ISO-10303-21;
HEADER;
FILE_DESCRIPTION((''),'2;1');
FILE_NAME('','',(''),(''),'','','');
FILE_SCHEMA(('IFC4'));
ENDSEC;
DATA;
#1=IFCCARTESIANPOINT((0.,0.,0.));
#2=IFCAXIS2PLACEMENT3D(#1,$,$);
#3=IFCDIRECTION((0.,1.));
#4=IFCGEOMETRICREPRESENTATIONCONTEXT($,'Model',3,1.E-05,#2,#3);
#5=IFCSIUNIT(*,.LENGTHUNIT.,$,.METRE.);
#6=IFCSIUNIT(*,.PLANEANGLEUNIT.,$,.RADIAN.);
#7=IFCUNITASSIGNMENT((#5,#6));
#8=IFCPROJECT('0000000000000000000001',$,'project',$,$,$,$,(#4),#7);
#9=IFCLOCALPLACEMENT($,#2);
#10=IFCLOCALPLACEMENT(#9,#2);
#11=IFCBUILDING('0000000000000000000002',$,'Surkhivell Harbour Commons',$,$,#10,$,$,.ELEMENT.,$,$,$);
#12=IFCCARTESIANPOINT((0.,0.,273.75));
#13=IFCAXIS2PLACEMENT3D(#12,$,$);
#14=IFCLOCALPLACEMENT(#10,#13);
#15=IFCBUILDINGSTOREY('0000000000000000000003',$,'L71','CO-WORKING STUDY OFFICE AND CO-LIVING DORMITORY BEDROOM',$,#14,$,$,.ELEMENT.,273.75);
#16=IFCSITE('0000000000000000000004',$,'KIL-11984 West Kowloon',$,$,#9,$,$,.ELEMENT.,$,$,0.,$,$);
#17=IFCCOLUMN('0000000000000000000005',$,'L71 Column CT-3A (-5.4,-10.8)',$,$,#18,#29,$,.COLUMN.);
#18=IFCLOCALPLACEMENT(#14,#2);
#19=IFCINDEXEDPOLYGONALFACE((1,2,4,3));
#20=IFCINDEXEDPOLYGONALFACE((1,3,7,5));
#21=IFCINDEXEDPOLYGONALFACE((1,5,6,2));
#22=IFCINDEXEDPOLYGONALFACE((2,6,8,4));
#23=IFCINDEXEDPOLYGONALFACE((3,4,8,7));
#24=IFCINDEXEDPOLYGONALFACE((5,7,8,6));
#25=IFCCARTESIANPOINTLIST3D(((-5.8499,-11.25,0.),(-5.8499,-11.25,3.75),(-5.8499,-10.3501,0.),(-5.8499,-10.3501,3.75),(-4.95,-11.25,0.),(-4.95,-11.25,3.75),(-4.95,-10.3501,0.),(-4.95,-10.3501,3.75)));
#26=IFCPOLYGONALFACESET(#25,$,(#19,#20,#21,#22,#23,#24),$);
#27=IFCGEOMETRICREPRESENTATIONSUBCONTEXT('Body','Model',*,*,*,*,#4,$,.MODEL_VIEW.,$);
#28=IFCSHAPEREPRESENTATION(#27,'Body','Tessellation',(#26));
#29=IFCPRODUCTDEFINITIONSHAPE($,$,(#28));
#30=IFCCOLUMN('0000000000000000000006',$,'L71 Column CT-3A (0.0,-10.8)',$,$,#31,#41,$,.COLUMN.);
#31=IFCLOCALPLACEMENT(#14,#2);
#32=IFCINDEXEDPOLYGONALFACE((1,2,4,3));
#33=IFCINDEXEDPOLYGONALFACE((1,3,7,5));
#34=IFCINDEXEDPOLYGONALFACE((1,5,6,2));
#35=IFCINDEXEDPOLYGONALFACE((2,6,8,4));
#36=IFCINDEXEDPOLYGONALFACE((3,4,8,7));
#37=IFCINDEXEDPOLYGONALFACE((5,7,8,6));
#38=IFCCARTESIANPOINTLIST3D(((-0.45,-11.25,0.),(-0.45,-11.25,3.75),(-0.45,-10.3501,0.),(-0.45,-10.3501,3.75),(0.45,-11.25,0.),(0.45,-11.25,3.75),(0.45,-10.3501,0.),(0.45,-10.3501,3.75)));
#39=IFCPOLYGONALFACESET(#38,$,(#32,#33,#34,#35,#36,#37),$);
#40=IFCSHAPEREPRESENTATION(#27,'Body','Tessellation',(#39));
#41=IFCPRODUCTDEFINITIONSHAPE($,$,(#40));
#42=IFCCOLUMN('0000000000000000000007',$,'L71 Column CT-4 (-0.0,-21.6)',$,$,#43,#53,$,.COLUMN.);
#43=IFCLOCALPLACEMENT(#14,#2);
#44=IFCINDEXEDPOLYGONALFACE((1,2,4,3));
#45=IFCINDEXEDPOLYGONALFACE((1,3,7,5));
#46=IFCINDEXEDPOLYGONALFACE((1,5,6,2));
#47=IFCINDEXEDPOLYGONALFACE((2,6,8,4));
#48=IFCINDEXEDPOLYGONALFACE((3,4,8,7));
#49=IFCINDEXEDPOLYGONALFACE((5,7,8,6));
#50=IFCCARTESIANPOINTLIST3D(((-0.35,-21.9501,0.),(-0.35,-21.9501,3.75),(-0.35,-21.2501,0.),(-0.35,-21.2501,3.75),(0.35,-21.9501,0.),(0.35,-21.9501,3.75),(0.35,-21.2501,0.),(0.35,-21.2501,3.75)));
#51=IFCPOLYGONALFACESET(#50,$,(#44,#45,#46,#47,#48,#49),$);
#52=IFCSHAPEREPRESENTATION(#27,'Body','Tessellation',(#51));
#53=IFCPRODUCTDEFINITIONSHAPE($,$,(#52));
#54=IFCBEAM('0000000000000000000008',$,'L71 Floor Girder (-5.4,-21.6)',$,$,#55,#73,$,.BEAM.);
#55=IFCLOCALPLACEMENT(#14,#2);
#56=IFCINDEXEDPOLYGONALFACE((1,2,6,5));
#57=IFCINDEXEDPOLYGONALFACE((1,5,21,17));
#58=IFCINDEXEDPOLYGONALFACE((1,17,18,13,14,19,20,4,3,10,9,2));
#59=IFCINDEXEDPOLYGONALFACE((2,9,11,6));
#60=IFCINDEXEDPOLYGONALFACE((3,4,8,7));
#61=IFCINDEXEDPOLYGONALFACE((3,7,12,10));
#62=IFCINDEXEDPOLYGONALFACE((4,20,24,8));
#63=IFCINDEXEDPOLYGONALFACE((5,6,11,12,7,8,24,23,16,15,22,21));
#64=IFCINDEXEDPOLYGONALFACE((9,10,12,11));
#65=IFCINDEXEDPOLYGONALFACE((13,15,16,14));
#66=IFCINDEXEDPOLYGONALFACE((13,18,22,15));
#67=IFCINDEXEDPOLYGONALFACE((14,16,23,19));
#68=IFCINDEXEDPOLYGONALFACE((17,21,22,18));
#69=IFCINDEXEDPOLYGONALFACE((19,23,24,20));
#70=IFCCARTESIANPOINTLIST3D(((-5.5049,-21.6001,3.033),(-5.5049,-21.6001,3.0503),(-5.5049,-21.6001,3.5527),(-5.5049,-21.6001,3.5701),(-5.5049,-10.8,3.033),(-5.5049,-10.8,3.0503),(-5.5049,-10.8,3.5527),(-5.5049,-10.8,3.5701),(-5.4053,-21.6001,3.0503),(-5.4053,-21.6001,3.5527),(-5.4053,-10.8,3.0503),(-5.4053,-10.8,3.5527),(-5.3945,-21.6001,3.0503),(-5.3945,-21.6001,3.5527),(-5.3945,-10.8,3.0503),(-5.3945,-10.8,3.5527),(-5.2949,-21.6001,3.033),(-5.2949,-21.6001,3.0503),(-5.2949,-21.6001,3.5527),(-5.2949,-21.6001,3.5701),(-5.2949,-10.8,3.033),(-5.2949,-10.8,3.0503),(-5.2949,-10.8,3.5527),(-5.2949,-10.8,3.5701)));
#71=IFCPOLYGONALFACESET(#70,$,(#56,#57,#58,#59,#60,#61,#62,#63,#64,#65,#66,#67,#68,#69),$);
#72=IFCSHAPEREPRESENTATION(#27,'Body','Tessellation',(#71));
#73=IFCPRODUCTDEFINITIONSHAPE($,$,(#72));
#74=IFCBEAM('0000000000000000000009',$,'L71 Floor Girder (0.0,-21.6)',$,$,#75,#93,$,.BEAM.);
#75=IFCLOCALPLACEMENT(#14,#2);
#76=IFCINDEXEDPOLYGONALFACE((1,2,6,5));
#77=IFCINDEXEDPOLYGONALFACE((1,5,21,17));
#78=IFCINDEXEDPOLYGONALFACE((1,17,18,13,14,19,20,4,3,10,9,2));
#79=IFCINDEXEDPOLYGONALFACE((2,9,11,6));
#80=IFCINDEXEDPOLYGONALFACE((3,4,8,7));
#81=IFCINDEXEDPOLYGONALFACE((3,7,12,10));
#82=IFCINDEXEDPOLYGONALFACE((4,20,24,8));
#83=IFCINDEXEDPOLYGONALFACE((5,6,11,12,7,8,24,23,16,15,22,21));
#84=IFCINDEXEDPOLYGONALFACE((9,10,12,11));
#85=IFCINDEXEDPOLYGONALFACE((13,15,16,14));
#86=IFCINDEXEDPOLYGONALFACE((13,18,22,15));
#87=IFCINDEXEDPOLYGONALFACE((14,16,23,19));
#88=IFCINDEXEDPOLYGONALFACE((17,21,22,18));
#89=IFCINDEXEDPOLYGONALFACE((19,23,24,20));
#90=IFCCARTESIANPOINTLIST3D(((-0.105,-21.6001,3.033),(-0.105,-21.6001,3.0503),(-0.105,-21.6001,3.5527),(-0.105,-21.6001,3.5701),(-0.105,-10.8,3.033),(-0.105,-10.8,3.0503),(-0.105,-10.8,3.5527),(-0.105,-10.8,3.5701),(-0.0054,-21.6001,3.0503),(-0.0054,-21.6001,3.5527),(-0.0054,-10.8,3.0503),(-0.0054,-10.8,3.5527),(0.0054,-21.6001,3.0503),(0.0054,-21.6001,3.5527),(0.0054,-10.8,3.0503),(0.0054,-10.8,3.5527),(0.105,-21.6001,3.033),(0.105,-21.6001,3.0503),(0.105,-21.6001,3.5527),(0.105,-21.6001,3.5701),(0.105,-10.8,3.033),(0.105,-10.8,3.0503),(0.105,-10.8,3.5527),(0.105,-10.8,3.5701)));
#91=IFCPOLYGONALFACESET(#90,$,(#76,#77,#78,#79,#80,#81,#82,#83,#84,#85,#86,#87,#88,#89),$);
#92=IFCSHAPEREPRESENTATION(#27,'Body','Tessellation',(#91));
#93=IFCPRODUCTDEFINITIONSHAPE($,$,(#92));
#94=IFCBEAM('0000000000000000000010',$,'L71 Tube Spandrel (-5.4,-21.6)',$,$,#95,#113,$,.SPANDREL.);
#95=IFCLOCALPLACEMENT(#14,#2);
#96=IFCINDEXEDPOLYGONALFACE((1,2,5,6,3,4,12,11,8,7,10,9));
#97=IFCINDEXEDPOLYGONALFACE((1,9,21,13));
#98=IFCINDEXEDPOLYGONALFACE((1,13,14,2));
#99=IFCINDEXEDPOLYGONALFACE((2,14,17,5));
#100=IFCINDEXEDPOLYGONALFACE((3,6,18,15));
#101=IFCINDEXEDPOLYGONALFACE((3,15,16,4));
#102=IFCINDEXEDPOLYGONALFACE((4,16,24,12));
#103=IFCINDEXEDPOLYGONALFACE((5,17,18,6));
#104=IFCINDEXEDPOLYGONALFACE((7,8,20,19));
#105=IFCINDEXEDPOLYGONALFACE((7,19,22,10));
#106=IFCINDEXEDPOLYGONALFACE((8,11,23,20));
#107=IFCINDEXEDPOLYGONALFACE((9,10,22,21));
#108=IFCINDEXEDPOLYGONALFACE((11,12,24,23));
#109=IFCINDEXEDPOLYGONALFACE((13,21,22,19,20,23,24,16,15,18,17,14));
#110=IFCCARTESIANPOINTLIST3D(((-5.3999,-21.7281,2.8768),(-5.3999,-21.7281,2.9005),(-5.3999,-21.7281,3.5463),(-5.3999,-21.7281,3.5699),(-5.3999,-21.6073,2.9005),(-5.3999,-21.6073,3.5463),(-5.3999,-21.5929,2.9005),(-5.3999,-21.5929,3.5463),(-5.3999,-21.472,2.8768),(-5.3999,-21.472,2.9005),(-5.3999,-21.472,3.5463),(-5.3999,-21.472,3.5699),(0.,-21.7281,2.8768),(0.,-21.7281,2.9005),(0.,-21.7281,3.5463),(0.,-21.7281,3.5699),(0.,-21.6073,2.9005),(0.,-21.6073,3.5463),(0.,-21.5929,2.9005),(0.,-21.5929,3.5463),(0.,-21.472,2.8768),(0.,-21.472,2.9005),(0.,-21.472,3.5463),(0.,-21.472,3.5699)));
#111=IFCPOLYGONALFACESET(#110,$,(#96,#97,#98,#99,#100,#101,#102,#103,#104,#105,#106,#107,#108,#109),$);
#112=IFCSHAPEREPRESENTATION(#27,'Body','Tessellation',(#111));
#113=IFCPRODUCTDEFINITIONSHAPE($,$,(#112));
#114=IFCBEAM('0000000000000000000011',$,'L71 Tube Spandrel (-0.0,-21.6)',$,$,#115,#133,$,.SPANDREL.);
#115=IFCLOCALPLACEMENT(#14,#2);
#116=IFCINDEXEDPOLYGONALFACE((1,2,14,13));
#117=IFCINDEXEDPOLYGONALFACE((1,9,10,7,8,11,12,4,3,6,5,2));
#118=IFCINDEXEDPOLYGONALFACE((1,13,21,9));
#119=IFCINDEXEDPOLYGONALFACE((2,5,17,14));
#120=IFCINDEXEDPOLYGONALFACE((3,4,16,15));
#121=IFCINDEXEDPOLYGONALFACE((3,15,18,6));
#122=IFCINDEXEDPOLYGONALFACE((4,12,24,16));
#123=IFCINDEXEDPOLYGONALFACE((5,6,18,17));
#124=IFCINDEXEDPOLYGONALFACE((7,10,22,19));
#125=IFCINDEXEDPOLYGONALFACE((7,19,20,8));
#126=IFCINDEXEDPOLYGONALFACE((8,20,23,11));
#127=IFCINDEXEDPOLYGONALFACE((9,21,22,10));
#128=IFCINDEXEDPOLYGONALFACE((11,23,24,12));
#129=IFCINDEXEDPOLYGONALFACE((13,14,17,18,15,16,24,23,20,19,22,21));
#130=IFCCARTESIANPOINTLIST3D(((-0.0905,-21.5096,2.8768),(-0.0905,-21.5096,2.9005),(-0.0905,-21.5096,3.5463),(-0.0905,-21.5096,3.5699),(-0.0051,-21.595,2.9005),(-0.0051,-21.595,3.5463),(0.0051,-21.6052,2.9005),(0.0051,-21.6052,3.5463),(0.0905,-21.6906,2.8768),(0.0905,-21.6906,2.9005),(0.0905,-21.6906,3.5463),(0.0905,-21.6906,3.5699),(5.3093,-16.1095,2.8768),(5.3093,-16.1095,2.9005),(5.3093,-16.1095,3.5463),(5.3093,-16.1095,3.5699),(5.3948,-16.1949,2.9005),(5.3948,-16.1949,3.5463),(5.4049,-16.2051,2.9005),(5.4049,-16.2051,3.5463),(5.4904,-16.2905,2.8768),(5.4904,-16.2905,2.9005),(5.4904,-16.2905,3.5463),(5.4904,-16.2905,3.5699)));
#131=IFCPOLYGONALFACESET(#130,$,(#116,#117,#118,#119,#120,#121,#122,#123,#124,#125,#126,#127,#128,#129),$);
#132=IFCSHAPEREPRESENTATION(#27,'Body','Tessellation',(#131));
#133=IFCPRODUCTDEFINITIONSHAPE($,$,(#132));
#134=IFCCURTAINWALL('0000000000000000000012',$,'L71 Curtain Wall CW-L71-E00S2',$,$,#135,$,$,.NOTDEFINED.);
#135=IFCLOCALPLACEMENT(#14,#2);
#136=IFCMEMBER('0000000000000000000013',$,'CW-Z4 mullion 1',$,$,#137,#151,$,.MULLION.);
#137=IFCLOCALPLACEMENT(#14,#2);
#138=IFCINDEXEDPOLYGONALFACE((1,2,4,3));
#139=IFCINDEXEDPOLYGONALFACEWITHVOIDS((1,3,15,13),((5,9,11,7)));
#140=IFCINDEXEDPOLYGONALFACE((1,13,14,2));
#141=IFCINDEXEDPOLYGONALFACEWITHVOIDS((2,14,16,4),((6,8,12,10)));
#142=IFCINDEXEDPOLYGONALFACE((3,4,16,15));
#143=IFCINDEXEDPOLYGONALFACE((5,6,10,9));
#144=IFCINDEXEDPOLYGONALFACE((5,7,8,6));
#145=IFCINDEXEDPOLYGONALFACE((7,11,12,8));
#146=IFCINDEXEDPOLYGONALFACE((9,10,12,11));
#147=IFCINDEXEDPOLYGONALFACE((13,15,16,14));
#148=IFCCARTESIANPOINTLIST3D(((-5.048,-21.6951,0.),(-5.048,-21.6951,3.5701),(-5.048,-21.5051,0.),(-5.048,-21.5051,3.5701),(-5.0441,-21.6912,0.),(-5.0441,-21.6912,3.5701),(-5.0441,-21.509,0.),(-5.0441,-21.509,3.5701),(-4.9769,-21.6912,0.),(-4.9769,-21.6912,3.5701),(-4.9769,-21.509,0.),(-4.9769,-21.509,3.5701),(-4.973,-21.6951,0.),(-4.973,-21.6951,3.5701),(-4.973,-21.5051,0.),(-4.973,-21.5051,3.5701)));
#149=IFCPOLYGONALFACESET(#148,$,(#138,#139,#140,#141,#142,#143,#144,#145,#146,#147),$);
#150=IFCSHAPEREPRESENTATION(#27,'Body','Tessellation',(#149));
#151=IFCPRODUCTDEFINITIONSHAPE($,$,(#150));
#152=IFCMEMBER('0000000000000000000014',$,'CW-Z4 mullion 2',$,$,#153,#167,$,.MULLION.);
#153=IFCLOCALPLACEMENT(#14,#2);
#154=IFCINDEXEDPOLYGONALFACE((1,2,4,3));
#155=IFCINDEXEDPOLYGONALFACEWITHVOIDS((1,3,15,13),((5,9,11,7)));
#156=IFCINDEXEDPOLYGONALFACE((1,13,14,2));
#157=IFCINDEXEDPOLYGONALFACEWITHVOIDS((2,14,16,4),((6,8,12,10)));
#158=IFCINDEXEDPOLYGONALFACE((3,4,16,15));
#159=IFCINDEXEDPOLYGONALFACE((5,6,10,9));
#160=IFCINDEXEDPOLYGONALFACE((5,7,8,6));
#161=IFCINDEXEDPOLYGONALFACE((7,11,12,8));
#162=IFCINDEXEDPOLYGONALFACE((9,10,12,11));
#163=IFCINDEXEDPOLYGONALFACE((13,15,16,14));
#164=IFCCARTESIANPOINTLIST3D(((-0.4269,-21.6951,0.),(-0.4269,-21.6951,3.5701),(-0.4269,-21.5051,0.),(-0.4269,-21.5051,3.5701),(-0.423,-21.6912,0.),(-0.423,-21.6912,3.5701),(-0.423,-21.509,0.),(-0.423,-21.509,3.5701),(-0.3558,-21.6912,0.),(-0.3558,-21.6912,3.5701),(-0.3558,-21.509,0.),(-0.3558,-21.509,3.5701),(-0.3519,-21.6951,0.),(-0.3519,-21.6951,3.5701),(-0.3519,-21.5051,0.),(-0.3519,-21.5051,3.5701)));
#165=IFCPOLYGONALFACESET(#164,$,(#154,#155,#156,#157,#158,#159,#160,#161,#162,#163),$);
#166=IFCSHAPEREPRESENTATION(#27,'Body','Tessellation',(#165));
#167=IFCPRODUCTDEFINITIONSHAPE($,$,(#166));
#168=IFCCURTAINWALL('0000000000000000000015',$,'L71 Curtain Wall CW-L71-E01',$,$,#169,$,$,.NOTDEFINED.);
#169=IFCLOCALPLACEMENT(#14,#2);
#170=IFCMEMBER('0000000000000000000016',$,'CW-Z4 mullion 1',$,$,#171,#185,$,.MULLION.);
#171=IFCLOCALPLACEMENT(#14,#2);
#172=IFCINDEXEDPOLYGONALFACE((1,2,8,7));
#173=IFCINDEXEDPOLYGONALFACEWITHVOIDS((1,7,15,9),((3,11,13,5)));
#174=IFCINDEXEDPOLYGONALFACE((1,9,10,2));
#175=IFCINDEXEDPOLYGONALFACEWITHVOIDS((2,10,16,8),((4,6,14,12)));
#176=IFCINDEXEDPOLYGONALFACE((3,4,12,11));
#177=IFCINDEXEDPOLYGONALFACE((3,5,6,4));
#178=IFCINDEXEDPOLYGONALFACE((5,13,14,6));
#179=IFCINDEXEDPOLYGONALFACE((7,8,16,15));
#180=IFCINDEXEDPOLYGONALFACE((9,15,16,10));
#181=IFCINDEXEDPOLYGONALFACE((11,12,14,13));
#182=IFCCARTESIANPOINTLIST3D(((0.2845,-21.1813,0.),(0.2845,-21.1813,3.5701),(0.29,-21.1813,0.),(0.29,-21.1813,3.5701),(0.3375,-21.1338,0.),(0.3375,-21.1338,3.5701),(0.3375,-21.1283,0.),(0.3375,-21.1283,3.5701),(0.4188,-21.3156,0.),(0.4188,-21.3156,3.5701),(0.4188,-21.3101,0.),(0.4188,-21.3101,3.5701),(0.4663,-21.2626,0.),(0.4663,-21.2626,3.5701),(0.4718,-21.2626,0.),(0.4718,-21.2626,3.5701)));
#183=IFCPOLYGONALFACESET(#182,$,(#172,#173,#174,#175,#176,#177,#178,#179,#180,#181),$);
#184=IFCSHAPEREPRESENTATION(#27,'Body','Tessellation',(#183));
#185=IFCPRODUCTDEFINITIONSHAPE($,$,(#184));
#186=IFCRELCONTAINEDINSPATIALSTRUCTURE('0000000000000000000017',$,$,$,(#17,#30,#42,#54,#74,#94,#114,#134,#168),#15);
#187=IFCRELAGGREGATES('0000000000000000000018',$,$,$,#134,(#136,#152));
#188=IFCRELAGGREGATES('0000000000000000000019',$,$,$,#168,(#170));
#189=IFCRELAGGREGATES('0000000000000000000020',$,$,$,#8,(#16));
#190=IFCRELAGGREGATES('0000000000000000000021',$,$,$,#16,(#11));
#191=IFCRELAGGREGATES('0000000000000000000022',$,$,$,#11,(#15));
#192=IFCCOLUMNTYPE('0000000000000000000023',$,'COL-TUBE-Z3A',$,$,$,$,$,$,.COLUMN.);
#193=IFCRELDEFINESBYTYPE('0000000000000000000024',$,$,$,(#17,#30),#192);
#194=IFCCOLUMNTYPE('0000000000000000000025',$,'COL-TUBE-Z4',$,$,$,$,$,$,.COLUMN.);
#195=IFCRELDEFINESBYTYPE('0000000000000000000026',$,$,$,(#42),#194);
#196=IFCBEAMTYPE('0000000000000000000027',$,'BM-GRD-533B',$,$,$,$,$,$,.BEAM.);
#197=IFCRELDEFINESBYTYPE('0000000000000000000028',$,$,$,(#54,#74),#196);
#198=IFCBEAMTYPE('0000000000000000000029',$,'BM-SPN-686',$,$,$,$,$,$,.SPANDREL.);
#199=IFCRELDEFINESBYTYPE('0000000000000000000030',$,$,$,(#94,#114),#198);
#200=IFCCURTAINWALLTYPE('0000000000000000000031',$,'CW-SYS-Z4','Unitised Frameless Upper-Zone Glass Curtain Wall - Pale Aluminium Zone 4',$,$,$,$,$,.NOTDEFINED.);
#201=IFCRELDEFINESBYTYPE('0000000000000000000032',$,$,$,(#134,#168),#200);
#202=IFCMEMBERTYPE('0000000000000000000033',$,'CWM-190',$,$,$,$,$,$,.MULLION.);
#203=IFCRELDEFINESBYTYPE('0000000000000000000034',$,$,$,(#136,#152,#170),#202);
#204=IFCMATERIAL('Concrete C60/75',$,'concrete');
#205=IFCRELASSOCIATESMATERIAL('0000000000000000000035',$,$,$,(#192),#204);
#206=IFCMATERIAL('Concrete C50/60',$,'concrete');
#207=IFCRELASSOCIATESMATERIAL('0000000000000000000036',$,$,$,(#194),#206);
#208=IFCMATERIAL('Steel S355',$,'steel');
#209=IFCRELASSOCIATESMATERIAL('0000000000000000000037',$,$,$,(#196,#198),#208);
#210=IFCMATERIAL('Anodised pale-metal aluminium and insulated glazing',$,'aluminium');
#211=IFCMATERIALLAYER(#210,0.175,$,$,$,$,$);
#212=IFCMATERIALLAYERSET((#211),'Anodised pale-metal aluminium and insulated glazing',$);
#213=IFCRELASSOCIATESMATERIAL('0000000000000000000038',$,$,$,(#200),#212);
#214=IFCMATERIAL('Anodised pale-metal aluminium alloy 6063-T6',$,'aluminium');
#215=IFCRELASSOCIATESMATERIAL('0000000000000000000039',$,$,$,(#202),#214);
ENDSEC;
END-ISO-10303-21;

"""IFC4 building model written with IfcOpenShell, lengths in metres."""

from ifc_helpers import new_model, si_unit, direction, frame, origin, origin_2d, place, context, subcontext, project, spatial, rectangle, hollow_rectangle, i_section, extrude, material, layer, layer_set, material_profile, profile_set, type_object, element, aggregate, save


model = new_model("IFC4")

# Units and contexts
model_context = context("Model", 3, precision=1e-05, world=origin(), true_north=direction((0.0, 1.0)))
body_context = subcontext(model_context, "Body", "Model", "MODEL_VIEW")
ifc_project = project(units=[si_unit("LENGTHUNIT", "METRE"), si_unit("PLANEANGLEUNIT", "RADIAN")], contexts=[model_context])

# Site, building, storey
site_placement = place(None, origin())
site = spatial("IfcSite", under=ifc_project, at=site_placement, Name="KIL-11984 West Kowloon", CompositionType="ELEMENT", RefElevation=0.0)
building_placement = place(site_placement, origin())
building = spatial("IfcBuilding", under=site, at=building_placement, Name="Surkhivell Harbour Commons", CompositionType="ELEMENT")
storey_placement = place(building_placement, frame((0.0, 0.0, 273.75)))
storey = spatial("IfcBuildingStorey", under=building, at=storey_placement, Name="L71", Description="CO-WORKING STUDY OFFICE AND CO-LIVING DORMITORY BEDROOM", CompositionType="ELEMENT", Elevation=273.75)

# Columns
ifc_material_1 = material(Name="Concrete C60/75", Category="concrete")
ifc_material_profile_1 = material_profile(ifc_material_1, rectangle(XDim=0.8999, YDim=0.8999, at=origin_2d()), Name="RC-COL-900x900")
ifc_profile_set_1 = profile_set([ifc_material_profile_1], Name="Concrete C60/75")
column_type_1 = type_object("IfcColumnType", Name="COL-TUBE-Z3A", PredefinedType="COLUMN", material=ifc_profile_set_1)
for number, where, z_axis, x_axis, name in (
    (1, (-5.3999, -10.8, 0.0), (0.0, 0.0, 1.0), (1.0, 0.0, 0.0), "L71 Column CT-3A (-5.4,-10.8)"),
    (2, (0.0, -10.8, 0.0), (0.0, 0.0, 1.0), (1.0, 0.0, 0.0), "L71 Column CT-3A (0.0,-10.8)"),
):
    element("IfcColumn", number, at=place(storey_placement, frame(where, z_axis=z_axis, x_axis=x_axis)), inside=storey, type_object=column_type_1, Name=name, PredefinedType="COLUMN", context=body_context, shape_type="SweptSolid", body=[
        extrude(rectangle(XDim=0.8999, YDim=0.8999, at=origin_2d()), origin(), (0.0, 0.0, 1.0), 3.75),
    ])
ifc_material_2 = material(Name="Concrete C50/60", Category="concrete")
ifc_material_profile_2 = material_profile(ifc_material_2, rectangle(XDim=0.7, YDim=0.7, at=origin_2d()), Name="RC-COL-700x700")
ifc_profile_set_2 = profile_set([ifc_material_profile_2], Name="Concrete C50/60")
column_type_2 = type_object("IfcColumnType", Name="COL-TUBE-Z4", PredefinedType="COLUMN", material=ifc_profile_set_2)
column_placement = place(storey_placement, frame((0.0, -21.6001, 0.0), z_axis=(0.0, 0.0, 1.0), x_axis=(1.0, 0.0, 0.0)))
element("IfcColumn", 3, at=column_placement, inside=storey, type_object=column_type_2, Name="L71 Column CT-4 (-0.0,-21.6)", PredefinedType="COLUMN", context=body_context, shape_type="SweptSolid", body=[
    extrude(rectangle(XDim=0.7, YDim=0.7, at=origin_2d()), origin(), (0.0, 0.0, 1.0), 3.75),
])

# Beams
ifc_material_3 = material(Name="Steel S355", Category="steel")
ifc_material_profile_3 = material_profile(ifc_material_3, i_section(OverallWidth=0.21, OverallDepth=0.5371, WebThickness=0.0107, FlangeThickness=0.0173, at=origin_2d()), Name="UB533x210x101")
ifc_profile_set_3 = profile_set([ifc_material_profile_3], Name="Steel S355")
beam_type_1 = type_object("IfcBeamType", Name="BM-GRD-533B", PredefinedType="BEAM", material=ifc_profile_set_3)
for number, where, z_axis, x_axis, name in (
    (4, (-5.3999, -21.6001, 3.3015), (0.0, 1.0, 0.0), (-1.0, 0.0, 0.0), "L71 Floor Girder (-5.4,-21.6)"),
    (5, (0.0, -21.6001, 3.3015), (0.0, 1.0, 0.0), (-1.0, 0.0, 0.0), "L71 Floor Girder (0.0,-21.6)"),
):
    element("IfcBeam", number, at=place(storey_placement, frame(where, z_axis=z_axis, x_axis=x_axis)), inside=storey, type_object=beam_type_1, Name=name, PredefinedType="BEAM", context=body_context, shape_type="SweptSolid", body=[
        extrude(i_section(OverallWidth=0.21, OverallDepth=0.5371, WebThickness=0.0107, FlangeThickness=0.0173, at=origin_2d()), origin(), (0.0, 0.0, 1.0), 10.8),
    ])
ifc_material_profile_4 = material_profile(ifc_material_3, i_section(OverallWidth=0.2561, OverallDepth=0.6931, WebThickness=0.0144, FlangeThickness=0.0237, at=origin_2d()), Name="UB686x254x170")
ifc_profile_set_4 = profile_set([ifc_material_profile_4], Name="Steel S355")
beam_type_2 = type_object("IfcBeamType", Name="BM-SPN-686", PredefinedType="SPANDREL", material=ifc_profile_set_4)
beam_1_placement = place(storey_placement, frame((-5.3999, -21.6001, 3.2234), z_axis=(1.0, 0.0, 0.0), x_axis=(0.0, 1.0, 0.0)))
element("IfcBeam", 6, at=beam_1_placement, inside=storey, type_object=beam_type_2, Name="L71 Tube Spandrel (-5.4,-21.6)", PredefinedType="SPANDREL", context=body_context, shape_type="SweptSolid", body=[
    extrude(i_section(OverallWidth=0.2561, OverallDepth=0.6931, WebThickness=0.0144, FlangeThickness=0.0237, at=origin_2d()), origin(), (0.0, 0.0, 1.0), 5.3999),
])
beam_2_placement = place(storey_placement, frame((0.0, -21.6001, 3.2234), z_axis=(0.707091, 0.707123, 0.0), x_axis=(-0.707123, 0.707091, 0.0)))
element("IfcBeam", 7, at=beam_2_placement, inside=storey, type_object=beam_type_2, Name="L71 Tube Spandrel (-0.0,-21.6)", PredefinedType="SPANDREL", context=body_context, shape_type="SweptSolid", body=[
    extrude(i_section(OverallWidth=0.2561, OverallDepth=0.6931, WebThickness=0.0144, FlangeThickness=0.0237, at=origin_2d()), origin(), (0.0, 0.0, 1.0), 7.6367),
])

# Curtain wall, members
ifc_material_4 = material(Name="Anodised pale-metal aluminium and insulated glazing", Category="aluminium")
ifc_layer_1 = layer(ifc_material_4, 0.175)
ifc_layer_set_1 = layer_set([ifc_layer_1], Name="Anodised pale-metal aluminium and insulated glazing")
curtain_wall_type = type_object("IfcCurtainWallType", Name="CW-SYS-Z4", Description="Unitised Frameless Upper-Zone Glass Curtain Wall - Pale Aluminium Zone 4", PredefinedType="NOTDEFINED", material=ifc_layer_set_1)
curtain_wall_1_placement = place(storey_placement, origin())
curtain_wall_1 = element("IfcCurtainWall", 8, at=curtain_wall_1_placement, inside=storey, type_object=curtain_wall_type, Name="L71 Curtain Wall CW-L71-E00S2", PredefinedType="NOTDEFINED")
ifc_material_5 = material(Name="Anodised pale-metal aluminium alloy 6063-T6", Category="aluminium")
ifc_material_profile_5 = material_profile(ifc_material_5, hollow_rectangle(XDim=0.075, YDim=0.1899, WallThickness=0.0039, at=origin_2d()), Name="ALU-MULL-75x190")
ifc_profile_set_5 = profile_set([ifc_material_profile_5], Name="Anodised pale-metal aluminium alloy 6063-T6")
member_type_1 = type_object("IfcMemberType", Name="CWM-190", PredefinedType="MULLION", material=ifc_profile_set_5)
member_1_placement = place(storey_placement, frame((-5.0105, -21.6001, 0.0), z_axis=(0.0, 0.0, 1.0), x_axis=(1.0, 0.0, 0.0)))
member_1 = element("IfcMember", 9, at=member_1_placement, type_object=member_type_1, Name="CW-Z4 mullion 1", PredefinedType="MULLION", context=body_context, shape_type="SweptSolid", body=[
    extrude(hollow_rectangle(XDim=0.075, YDim=0.1899, WallThickness=0.0039, at=origin_2d()), origin(), (0.0, 0.0, 1.0), 3.5701),
])
member_2_placement = place(storey_placement, frame((-0.3894, -21.6001, 0.0), z_axis=(0.0, 0.0, 1.0), x_axis=(1.0, 0.0, 0.0)))
member_2 = element("IfcMember", 10, at=member_2_placement, type_object=member_type_1, Name="CW-Z4 mullion 2", PredefinedType="MULLION", context=body_context, shape_type="SweptSolid", body=[
    extrude(hollow_rectangle(XDim=0.075, YDim=0.1899, WallThickness=0.0039, at=origin_2d()), origin(), (0.0, 0.0, 1.0), 3.5701),
])

# Curtain wall, member
curtain_wall_2_placement = place(storey_placement, origin())
curtain_wall_2 = element("IfcCurtainWall", 11, at=curtain_wall_2_placement, inside=storey, type_object=curtain_wall_type, Name="L71 Curtain Wall CW-L71-E01", PredefinedType="NOTDEFINED")
member_3_placement = place(storey_placement, frame((0.3782, -21.2219, 0.0), z_axis=(0.0, 0.0, 1.0), x_axis=(0.707107, 0.707107, 0.0)))
member_3 = element("IfcMember", 12, at=member_3_placement, type_object=member_type_1, Name="CW-Z4 mullion 1", PredefinedType="MULLION", context=body_context, shape_type="SweptSolid", body=[
    extrude(hollow_rectangle(XDim=0.075, YDim=0.1899, WallThickness=0.0039, at=origin_2d()), origin(), (0.0, 0.0, 1.0), 3.5701),
])

aggregate(curtain_wall_1, [member_1, member_2])
aggregate(curtain_wall_2, [member_3])

save(model, "model.ifc")
